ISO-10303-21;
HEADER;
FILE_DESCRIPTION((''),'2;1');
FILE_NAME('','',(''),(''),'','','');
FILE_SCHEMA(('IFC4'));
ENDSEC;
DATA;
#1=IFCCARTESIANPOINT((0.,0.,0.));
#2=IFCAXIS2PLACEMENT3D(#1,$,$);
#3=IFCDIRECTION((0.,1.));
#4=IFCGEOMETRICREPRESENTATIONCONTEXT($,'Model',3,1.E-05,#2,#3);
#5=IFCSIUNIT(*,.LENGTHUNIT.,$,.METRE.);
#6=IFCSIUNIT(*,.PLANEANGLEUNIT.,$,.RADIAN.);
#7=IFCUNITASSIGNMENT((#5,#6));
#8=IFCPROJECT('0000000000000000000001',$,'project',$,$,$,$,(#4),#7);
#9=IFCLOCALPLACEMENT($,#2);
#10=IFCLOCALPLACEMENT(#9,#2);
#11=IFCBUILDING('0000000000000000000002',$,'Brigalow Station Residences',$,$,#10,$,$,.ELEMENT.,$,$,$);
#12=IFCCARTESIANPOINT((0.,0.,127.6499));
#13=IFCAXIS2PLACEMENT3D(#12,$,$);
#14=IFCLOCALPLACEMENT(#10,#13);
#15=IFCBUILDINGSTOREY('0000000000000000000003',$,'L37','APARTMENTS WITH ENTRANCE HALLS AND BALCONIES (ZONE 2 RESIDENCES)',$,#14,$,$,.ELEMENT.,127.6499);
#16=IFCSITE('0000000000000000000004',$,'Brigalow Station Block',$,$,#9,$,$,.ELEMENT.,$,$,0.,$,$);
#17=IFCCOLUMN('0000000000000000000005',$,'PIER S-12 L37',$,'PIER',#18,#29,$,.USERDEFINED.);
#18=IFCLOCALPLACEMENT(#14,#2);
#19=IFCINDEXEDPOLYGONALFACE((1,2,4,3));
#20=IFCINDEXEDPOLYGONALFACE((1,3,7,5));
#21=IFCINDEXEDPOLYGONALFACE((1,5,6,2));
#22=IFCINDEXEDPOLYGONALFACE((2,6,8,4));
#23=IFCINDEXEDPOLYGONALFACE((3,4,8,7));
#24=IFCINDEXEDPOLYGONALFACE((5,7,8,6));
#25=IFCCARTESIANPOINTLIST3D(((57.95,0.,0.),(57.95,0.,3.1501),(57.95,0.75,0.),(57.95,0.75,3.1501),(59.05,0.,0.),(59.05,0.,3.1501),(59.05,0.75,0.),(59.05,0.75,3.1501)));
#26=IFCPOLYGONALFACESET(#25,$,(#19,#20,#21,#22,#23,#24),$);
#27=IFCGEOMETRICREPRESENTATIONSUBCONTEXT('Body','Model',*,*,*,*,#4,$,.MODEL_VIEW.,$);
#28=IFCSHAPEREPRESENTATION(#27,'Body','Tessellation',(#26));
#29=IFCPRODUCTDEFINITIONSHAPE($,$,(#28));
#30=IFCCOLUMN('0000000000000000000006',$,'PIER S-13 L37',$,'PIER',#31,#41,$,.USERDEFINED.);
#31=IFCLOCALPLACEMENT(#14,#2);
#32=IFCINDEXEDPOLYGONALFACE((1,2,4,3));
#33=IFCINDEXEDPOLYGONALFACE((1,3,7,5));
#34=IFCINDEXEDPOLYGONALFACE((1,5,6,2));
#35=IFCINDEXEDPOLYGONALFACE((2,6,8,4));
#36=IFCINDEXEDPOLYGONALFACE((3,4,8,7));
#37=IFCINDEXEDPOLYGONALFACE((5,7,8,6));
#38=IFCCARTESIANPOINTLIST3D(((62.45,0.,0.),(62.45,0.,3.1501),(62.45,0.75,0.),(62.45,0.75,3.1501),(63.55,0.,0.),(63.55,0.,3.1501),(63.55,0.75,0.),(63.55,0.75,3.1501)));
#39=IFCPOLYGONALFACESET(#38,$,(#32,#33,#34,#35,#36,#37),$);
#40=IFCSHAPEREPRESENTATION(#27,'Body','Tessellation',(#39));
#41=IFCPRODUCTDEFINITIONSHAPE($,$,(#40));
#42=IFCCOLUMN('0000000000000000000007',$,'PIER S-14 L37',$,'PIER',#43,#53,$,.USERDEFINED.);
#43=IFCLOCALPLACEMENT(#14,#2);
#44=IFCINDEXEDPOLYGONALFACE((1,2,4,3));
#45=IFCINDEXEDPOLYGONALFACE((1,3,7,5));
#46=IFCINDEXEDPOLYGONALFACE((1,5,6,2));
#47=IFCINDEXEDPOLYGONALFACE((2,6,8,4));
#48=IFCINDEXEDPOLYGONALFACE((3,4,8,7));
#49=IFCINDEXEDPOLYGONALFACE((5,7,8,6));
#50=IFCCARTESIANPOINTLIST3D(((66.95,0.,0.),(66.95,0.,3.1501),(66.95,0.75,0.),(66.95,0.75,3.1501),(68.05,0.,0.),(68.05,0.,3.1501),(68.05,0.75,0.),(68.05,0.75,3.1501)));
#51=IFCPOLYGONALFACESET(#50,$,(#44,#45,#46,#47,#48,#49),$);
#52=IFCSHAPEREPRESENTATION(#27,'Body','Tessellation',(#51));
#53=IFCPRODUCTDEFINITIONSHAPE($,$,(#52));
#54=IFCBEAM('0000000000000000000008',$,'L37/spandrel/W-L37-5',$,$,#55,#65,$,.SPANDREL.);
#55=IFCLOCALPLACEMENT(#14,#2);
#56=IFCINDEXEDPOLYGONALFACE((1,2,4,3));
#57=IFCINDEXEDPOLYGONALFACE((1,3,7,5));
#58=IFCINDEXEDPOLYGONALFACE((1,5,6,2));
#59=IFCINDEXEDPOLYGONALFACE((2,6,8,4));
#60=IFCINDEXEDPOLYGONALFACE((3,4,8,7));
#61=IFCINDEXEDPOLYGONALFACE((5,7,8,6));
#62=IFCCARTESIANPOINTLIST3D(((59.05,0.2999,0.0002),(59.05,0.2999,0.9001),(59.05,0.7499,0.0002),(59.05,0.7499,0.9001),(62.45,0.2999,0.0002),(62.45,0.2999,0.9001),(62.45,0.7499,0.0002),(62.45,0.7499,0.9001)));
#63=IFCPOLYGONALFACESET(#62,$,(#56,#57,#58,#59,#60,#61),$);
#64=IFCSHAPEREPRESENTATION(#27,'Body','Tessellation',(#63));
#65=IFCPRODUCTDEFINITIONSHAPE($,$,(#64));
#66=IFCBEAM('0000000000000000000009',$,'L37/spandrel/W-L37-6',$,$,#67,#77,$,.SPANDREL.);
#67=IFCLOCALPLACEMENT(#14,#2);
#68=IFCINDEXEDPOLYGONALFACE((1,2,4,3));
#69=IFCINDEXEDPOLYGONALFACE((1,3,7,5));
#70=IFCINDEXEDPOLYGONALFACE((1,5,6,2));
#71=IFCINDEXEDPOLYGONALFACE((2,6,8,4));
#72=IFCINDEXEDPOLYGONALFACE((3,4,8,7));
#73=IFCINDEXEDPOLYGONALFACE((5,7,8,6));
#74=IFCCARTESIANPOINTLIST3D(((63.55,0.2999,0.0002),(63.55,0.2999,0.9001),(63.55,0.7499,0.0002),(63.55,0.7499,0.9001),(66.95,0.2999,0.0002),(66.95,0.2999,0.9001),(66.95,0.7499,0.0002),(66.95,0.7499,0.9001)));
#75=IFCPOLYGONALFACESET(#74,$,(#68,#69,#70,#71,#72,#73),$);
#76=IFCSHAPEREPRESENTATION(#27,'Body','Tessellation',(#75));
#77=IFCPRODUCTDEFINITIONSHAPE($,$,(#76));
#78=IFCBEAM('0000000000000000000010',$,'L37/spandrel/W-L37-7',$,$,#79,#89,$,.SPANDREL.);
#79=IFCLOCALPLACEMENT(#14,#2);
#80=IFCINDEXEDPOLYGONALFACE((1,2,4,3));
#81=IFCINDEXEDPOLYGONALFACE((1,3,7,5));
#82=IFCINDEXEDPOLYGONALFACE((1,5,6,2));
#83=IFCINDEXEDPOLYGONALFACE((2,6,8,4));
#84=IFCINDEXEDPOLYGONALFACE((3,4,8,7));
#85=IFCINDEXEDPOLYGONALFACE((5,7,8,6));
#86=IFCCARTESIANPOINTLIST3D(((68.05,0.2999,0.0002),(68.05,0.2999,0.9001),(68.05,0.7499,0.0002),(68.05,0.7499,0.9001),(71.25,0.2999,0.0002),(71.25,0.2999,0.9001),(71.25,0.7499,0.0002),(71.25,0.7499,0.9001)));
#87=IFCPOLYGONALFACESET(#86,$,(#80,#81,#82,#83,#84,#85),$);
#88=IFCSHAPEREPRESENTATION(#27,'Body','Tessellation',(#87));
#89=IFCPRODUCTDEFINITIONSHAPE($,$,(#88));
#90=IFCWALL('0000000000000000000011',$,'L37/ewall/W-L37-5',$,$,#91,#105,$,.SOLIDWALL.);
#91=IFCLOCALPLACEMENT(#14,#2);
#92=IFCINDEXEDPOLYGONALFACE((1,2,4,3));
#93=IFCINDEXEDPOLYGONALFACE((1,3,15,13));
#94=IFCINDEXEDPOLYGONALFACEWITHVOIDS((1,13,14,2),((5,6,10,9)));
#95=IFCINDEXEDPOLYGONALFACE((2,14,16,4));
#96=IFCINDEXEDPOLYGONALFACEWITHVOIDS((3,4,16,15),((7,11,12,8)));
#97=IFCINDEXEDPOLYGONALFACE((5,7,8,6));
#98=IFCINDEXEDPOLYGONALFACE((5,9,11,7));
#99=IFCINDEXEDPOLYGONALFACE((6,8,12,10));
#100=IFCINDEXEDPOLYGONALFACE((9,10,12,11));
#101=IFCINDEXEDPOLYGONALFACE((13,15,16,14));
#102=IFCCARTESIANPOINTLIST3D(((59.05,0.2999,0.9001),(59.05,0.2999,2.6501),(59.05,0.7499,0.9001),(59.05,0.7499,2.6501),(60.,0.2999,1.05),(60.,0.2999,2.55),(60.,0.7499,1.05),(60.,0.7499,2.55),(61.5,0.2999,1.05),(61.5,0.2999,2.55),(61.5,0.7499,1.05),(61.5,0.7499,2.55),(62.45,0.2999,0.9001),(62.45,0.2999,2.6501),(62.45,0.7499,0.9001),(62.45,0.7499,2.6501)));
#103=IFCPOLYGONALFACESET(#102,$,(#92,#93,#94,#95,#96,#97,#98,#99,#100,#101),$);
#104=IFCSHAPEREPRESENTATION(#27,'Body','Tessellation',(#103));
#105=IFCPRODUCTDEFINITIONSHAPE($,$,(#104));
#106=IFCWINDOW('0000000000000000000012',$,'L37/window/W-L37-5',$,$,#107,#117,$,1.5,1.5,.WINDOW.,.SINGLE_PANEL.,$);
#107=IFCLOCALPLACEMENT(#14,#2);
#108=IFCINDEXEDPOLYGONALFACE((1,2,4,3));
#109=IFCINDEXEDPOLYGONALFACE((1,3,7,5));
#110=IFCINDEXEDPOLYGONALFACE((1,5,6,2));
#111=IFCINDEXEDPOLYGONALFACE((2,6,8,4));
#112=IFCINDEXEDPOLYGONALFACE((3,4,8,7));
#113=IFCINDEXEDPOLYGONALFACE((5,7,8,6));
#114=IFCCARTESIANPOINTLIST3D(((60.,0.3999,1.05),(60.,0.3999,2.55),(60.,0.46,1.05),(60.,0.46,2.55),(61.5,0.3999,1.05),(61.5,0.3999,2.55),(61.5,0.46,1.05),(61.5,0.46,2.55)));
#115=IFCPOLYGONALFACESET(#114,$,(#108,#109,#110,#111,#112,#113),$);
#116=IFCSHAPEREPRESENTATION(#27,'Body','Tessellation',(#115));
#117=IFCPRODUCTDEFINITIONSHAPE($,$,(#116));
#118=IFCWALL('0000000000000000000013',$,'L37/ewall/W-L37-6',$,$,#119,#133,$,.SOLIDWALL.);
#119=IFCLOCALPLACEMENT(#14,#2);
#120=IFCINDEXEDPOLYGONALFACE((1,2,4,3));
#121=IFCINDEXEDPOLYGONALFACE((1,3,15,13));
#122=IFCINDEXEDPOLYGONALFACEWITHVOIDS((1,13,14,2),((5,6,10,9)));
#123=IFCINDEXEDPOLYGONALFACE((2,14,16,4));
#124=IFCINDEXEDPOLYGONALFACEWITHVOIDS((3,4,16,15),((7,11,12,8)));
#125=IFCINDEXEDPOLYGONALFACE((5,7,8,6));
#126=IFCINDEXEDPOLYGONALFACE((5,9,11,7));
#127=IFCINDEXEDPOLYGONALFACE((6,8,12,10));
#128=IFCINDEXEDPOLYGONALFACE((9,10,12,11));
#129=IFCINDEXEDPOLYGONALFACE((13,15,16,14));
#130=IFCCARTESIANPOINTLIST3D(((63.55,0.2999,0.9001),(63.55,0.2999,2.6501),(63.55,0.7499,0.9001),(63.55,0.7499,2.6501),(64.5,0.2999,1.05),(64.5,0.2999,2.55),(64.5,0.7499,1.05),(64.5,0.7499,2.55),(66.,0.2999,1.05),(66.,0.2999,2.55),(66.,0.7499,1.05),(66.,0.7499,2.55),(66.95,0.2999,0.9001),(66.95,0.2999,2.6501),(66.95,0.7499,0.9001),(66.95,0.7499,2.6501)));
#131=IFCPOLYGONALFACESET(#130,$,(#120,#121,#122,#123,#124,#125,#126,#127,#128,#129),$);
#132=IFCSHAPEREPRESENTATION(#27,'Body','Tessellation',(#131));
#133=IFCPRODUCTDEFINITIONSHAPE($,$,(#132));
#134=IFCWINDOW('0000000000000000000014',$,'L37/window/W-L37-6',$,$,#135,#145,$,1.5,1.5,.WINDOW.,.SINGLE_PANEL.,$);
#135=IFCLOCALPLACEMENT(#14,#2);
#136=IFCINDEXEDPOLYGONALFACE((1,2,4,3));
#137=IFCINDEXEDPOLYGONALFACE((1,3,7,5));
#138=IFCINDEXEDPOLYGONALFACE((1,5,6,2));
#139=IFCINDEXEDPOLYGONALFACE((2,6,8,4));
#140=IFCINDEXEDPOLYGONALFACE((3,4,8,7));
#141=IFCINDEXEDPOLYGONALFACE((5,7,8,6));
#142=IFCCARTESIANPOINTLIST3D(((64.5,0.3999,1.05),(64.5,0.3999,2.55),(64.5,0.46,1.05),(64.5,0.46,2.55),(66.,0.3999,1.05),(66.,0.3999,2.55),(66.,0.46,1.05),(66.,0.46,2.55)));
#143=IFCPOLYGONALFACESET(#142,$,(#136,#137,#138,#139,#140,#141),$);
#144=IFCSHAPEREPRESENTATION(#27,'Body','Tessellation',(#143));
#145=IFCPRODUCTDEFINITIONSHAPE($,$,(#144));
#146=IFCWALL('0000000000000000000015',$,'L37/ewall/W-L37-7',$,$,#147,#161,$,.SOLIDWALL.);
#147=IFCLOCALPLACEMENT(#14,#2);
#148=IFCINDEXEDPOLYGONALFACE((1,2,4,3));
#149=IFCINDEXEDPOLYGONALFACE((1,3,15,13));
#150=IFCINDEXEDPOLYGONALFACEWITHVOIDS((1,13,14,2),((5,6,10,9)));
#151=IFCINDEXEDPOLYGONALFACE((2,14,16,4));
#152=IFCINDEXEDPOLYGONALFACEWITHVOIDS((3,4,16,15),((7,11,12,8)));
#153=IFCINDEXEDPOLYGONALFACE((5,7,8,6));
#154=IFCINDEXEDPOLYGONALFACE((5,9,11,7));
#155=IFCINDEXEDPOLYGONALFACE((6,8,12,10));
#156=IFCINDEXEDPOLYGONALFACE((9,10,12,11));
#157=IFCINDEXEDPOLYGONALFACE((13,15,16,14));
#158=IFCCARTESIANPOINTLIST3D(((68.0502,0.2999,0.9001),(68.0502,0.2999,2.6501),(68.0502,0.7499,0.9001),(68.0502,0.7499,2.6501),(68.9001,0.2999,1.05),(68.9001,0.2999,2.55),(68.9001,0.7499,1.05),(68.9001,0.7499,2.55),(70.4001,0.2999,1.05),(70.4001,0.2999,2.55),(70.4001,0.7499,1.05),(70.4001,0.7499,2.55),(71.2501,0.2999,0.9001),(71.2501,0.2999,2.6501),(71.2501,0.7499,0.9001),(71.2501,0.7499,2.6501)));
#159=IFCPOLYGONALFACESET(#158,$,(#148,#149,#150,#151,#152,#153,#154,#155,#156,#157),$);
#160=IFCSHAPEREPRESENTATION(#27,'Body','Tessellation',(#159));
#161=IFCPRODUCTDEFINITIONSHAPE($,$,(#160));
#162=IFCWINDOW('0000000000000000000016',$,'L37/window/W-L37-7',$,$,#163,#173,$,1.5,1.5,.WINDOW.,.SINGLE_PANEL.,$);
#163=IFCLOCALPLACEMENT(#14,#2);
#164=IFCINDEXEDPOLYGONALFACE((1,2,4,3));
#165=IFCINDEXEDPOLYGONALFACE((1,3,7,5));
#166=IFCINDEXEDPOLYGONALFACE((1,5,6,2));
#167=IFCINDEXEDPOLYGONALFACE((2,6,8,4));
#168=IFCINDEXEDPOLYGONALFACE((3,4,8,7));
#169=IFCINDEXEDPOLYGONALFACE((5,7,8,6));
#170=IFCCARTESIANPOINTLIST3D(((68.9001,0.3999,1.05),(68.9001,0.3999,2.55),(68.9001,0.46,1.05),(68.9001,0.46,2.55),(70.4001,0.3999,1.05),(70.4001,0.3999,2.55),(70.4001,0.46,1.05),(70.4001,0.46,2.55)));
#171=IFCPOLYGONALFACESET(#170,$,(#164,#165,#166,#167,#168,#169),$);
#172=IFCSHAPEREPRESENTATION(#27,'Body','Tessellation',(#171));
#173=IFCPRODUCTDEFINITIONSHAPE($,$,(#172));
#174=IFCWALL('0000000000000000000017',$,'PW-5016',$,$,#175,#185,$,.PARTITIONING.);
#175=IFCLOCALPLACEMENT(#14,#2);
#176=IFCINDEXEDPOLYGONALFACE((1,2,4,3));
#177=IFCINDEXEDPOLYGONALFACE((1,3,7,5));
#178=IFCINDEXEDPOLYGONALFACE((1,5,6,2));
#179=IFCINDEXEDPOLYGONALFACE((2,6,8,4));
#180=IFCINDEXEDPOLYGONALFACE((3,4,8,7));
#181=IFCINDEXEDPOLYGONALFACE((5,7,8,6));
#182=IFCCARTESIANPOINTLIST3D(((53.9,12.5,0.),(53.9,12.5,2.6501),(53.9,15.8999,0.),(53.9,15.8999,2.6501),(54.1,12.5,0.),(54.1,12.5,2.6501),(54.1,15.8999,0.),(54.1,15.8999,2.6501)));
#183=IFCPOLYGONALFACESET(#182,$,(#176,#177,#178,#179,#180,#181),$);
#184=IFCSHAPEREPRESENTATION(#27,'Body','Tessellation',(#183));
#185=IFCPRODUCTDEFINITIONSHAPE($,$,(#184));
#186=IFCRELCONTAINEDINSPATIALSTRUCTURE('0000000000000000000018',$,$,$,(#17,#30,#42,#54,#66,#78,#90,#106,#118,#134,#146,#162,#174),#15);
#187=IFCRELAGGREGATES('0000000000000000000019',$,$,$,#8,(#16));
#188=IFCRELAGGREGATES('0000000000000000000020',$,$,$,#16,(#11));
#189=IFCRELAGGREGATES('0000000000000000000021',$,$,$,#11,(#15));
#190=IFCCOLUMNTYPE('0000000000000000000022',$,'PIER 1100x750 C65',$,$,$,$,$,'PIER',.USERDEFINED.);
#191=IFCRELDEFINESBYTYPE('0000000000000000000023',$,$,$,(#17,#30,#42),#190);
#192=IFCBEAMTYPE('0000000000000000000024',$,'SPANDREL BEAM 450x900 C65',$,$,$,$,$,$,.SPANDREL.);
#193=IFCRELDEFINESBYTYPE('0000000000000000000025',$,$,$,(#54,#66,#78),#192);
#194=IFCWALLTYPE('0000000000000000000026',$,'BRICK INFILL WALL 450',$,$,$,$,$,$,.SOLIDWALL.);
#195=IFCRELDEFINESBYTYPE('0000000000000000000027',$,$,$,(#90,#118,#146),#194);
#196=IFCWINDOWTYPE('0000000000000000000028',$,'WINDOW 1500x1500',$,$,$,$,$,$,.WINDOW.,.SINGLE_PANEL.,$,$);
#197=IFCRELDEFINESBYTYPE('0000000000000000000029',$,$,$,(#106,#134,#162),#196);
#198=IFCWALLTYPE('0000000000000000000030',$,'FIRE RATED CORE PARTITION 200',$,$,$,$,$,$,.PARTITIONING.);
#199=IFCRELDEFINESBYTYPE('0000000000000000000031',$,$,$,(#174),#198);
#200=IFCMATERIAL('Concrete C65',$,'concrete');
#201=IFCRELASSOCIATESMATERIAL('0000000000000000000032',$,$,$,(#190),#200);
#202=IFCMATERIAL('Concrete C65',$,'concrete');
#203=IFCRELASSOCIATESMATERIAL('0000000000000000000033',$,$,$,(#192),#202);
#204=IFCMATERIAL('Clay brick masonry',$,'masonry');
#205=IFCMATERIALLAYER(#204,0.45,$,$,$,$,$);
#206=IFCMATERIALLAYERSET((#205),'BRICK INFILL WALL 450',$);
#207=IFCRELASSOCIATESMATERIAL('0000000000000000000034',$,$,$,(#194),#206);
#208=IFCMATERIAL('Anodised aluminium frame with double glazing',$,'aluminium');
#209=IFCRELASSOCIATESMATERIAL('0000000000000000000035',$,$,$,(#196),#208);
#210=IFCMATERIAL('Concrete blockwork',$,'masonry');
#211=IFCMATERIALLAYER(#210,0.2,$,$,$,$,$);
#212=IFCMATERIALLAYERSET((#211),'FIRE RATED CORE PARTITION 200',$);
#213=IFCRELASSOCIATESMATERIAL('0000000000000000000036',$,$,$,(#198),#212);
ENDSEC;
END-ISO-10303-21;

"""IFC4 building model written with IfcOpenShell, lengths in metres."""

from ifc_helpers import new_model, si_unit, direction, frame, frame_2d, origin, origin_2d, place, context, subcontext, project, spatial, rectangle, extrude, material, layer, layer_set, material_profile, profile_set, type_object, element, fill, save


model = new_model("IFC4")

# Units and contexts
model_context = context("Model", 3, precision=1e-05, world=origin(), true_north=direction((0.0, 1.0)))
body_context = subcontext(model_context, "Body", "Model", "MODEL_VIEW")
ifc_project = project(units=[si_unit("LENGTHUNIT", "METRE"), si_unit("PLANEANGLEUNIT", "RADIAN")], contexts=[model_context])

# Site, building, storey
site_placement = place(None, origin())
site = spatial("IfcSite", under=ifc_project, at=site_placement, Name="Brigalow Station Block", CompositionType="ELEMENT", RefElevation=0.0)
building_placement = place(site_placement, origin())
building = spatial("IfcBuilding", under=site, at=building_placement, Name="Brigalow Station Residences", CompositionType="ELEMENT")
storey_placement = place(building_placement, frame((0.0, 0.0, 127.6499)))
storey = spatial("IfcBuildingStorey", under=building, at=storey_placement, Name="L37", Description="APARTMENTS WITH ENTRANCE HALLS AND BALCONIES (ZONE 2 RESIDENCES)", CompositionType="ELEMENT", Elevation=127.6499)

# Columns
ifc_material_1 = material(Name="Concrete C65", Category="concrete")
ifc_material_profile_1 = material_profile(ifc_material_1, rectangle(XDim=1.1001, YDim=0.75, at=origin_2d()), Name="RC1100x750")
ifc_profile_set_1 = profile_set([ifc_material_profile_1], Name="Concrete C65")
column_type = type_object("IfcColumnType", Name="PIER 1100x750 C65", ElementType="PIER", PredefinedType="USERDEFINED", material=ifc_profile_set_1)
for number, where, z_axis, x_axis, name in (
    (1, (58.5, 0.375, 0.0), (0.0, 0.0, 1.0), (1.0, 0.0, 0.0), "PIER S-12 L37"),
    (2, (63.0, 0.375, 0.0), (0.0, 0.0, 1.0), (1.0, 0.0, 0.0), "PIER S-13 L37"),
    (3, (67.5, 0.375, 0.0), (0.0, 0.0, 1.0), (1.0, 0.0, 0.0), "PIER S-14 L37"),
):
    element("IfcColumn", number, at=place(storey_placement, frame(where, z_axis=z_axis, x_axis=x_axis)), inside=storey, type_object=column_type, Name=name, ObjectType="PIER", PredefinedType="USERDEFINED", context=body_context, shape_type="SweptSolid", body=[
        extrude(rectangle(XDim=1.1001, YDim=0.75, at=origin_2d()), origin(), (0.0, 0.0, 1.0), 3.1501),
    ])

# Beams
ifc_material_2 = material(Name="Concrete C65", Category="concrete")
ifc_material_profile_2 = material_profile(ifc_material_2, rectangle(XDim=0.45, YDim=0.8999, at=origin_2d()), Name="RC450x900")
ifc_profile_set_2 = profile_set([ifc_material_profile_2], Name="Concrete C65")
beam_type = type_object("IfcBeamType", Name="SPANDREL BEAM 450x900 C65", PredefinedType="SPANDREL", material=ifc_profile_set_2)
for number, where, z_axis, x_axis, name in (
    (4, (59.05, 0.5249, 0.4502), (1.0, 0.0, 0.0), (0.0, 1.0, 0.0), "L37/spandrel/W-L37-5"),
    (5, (63.55, 0.5249, 0.4502), (1.0, 0.0, 0.0), (0.0, 1.0, 0.0), "L37/spandrel/W-L37-6"),
):
    element("IfcBeam", number, at=place(storey_placement, frame(where, z_axis=z_axis, x_axis=x_axis)), inside=storey, type_object=beam_type, Name=name, PredefinedType="SPANDREL", context=body_context, shape_type="SweptSolid", body=[
        extrude(rectangle(XDim=0.45, YDim=0.8999, at=origin_2d()), origin(), (0.0, 0.0, 1.0), 3.3999),
    ])
beam_placement = place(storey_placement, frame((68.05, 0.5249, 0.4502), z_axis=(1.0, 0.0, 0.0), x_axis=(0.0, 1.0, 0.0)))
element("IfcBeam", 6, at=beam_placement, inside=storey, type_object=beam_type, Name="L37/spandrel/W-L37-7", PredefinedType="SPANDREL", context=body_context, shape_type="SweptSolid", body=[
    extrude(rectangle(XDim=0.45, YDim=0.8999, at=origin_2d()), origin(), (0.0, 0.0, 1.0), 3.2),
])

# Walls, openings, windows
ifc_material_3 = material(Name="Clay brick masonry", Category="masonry")
ifc_layer_1 = layer(ifc_material_3, 0.45)
ifc_layer_set_1 = layer_set([ifc_layer_1], Name="BRICK INFILL WALL 450")
wall_type_1 = type_object("IfcWallType", Name="BRICK INFILL WALL 450", PredefinedType="SOLIDWALL", material=ifc_layer_set_1)
wall_1_placement = place(storey_placement, frame((59.05, 0.5249, 0.9001), z_axis=(0.0, 0.0, 1.0), x_axis=(1.0, 0.0, 0.0)))
wall_1 = element("IfcWall", 7, at=wall_1_placement, inside=storey, type_object=wall_type_1, Name="L37/ewall/W-L37-5", PredefinedType="SOLIDWALL", context=body_context, shape_type="SweptSolid", body=[
    extrude(rectangle(XDim=3.3999, YDim=0.45, at=frame_2d((1.7, 0.0))), origin(), (0.0, 0.0, 1.0), 1.75),
])
opening_1_placement = place(wall_1_placement, frame((0.95, 0.0, 0.1499)))
opening_1 = element("IfcOpeningElement", 8, at=opening_1_placement, cuts=wall_1, PredefinedType="OPENING", context=body_context, shape_type="SweptSolid", body=[
    extrude(rectangle(XDim=1.5, YDim=1.5, at=frame_2d((0.75, 0.75))), frame((0.0, 0.2349, 0.0), z_axis=(0.0, -1.0, 0.0), x_axis=(1.0, 0.0, 0.0)), (0.0, 0.0, 1.0), 0.47),
])
ifc_material_4 = material(Name="Anodised aluminium frame with double glazing", Category="aluminium")
window_type = type_object("IfcWindowType", Name="WINDOW 1500x1500", PartitioningType="SINGLE_PANEL", PredefinedType="WINDOW", material=ifc_material_4)
window_1_placement = place(opening_1_placement, origin())
window_1 = element("IfcWindow", 9, at=window_1_placement, inside=storey, type_object=window_type, Name="L37/window/W-L37-5", OverallHeight=1.5, OverallWidth=1.5, PartitioningType="SINGLE_PANEL", PredefinedType="WINDOW", context=body_context, shape_type="SweptSolid", body=[
    extrude(rectangle(XDim=1.5, YDim=1.5, at=frame_2d((0.75, 0.75))), frame((0.0, -0.0649, 0.0), z_axis=(0.0, -1.0, 0.0), x_axis=(1.0, 0.0, 0.0)), (0.0, 0.0, 1.0), 0.0601),
])
fill(opening_1, window_1)
wall_2_placement = place(storey_placement, frame((63.55, 0.5249, 0.9001), z_axis=(0.0, 0.0, 1.0), x_axis=(1.0, 0.0, 0.0)))
wall_2 = element("IfcWall", 10, at=wall_2_placement, inside=storey, type_object=wall_type_1, Name="L37/ewall/W-L37-6", PredefinedType="SOLIDWALL", context=body_context, shape_type="SweptSolid", body=[
    extrude(rectangle(XDim=3.3999, YDim=0.45, at=frame_2d((1.7, 0.0))), origin(), (0.0, 0.0, 1.0), 1.75),
])
opening_2_placement = place(wall_2_placement, frame((0.95, 0.0, 0.1499)))
opening_2 = element("IfcOpeningElement", 11, at=opening_2_placement, cuts=wall_2, PredefinedType="OPENING", context=body_context, shape_type="SweptSolid", body=[
    extrude(rectangle(XDim=1.5, YDim=1.5, at=frame_2d((0.75, 0.75))), frame((0.0, 0.2349, 0.0), z_axis=(0.0, -1.0, 0.0), x_axis=(1.0, 0.0, 0.0)), (0.0, 0.0, 1.0), 0.47),
])
window_2_placement = place(opening_2_placement, origin())
window_2 = element("IfcWindow", 12, at=window_2_placement, inside=storey, type_object=window_type, Name="L37/window/W-L37-6", OverallHeight=1.5, OverallWidth=1.5, PartitioningType="SINGLE_PANEL", PredefinedType="WINDOW", context=body_context, shape_type="SweptSolid", body=[
    extrude(rectangle(XDim=1.5, YDim=1.5, at=frame_2d((0.75, 0.75))), frame((0.0, -0.0649, 0.0), z_axis=(0.0, -1.0, 0.0), x_axis=(1.0, 0.0, 0.0)), (0.0, 0.0, 1.0), 0.0601),
])
fill(opening_2, window_2)
wall_3_placement = place(storey_placement, frame((68.05, 0.5249, 0.9001), z_axis=(0.0, 0.0, 1.0), x_axis=(1.0, 0.0, 0.0)))
wall_3 = element("IfcWall", 13, at=wall_3_placement, inside=storey, type_object=wall_type_1, Name="L37/ewall/W-L37-7", PredefinedType="SOLIDWALL", context=body_context, shape_type="SweptSolid", body=[
    extrude(rectangle(XDim=3.2, YDim=0.45, at=frame_2d((1.6001, 0.0))), origin(), (0.0, 0.0, 1.0), 1.75),
])
opening_3_placement = place(wall_3_placement, frame((0.8501, 0.0, 0.1499)))
opening_3 = element("IfcOpeningElement", 14, at=opening_3_placement, cuts=wall_3, PredefinedType="OPENING", context=body_context, shape_type="SweptSolid", body=[
    extrude(rectangle(XDim=1.5, YDim=1.5, at=frame_2d((0.75, 0.75))), frame((0.0, 0.2349, 0.0), z_axis=(0.0, -1.0, 0.0), x_axis=(1.0, 0.0, 0.0)), (0.0, 0.0, 1.0), 0.47),
])
window_3_placement = place(opening_3_placement, origin())
window_3 = element("IfcWindow", 15, at=window_3_placement, inside=storey, type_object=window_type, Name="L37/window/W-L37-7", OverallHeight=1.5, OverallWidth=1.5, PartitioningType="SINGLE_PANEL", PredefinedType="WINDOW", context=body_context, shape_type="SweptSolid", body=[
    extrude(rectangle(XDim=1.5, YDim=1.5, at=frame_2d((0.75, 0.75))), frame((0.0, -0.0649, 0.0), z_axis=(0.0, -1.0, 0.0), x_axis=(1.0, 0.0, 0.0)), (0.0, 0.0, 1.0), 0.0601),
])
fill(opening_3, window_3)

# Wall
ifc_material_5 = material(Name="Concrete blockwork", Category="masonry")
ifc_layer_2 = layer(ifc_material_5, 0.2)
ifc_layer_set_2 = layer_set([ifc_layer_2], Name="FIRE RATED CORE PARTITION 200")
wall_type_2 = type_object("IfcWallType", Name="FIRE RATED CORE PARTITION 200", PredefinedType="PARTITIONING", material=ifc_layer_set_2)
wall_4_placement = place(storey_placement, frame((54.0, 12.5, 0.0), z_axis=(0.0, 0.0, 1.0), x_axis=(0.0, 1.0, 0.0)))
element("IfcWall", 16, at=wall_4_placement, inside=storey, type_object=wall_type_2, Name="PW-5016", PredefinedType="PARTITIONING", context=body_context, shape_type="SweptSolid", body=[
    extrude(rectangle(XDim=3.3999, YDim=0.2, at=frame_2d((1.7, 0.0))), origin(), (0.0, 0.0, 1.0), 2.6501),
])

save(model, "model.ifc")
